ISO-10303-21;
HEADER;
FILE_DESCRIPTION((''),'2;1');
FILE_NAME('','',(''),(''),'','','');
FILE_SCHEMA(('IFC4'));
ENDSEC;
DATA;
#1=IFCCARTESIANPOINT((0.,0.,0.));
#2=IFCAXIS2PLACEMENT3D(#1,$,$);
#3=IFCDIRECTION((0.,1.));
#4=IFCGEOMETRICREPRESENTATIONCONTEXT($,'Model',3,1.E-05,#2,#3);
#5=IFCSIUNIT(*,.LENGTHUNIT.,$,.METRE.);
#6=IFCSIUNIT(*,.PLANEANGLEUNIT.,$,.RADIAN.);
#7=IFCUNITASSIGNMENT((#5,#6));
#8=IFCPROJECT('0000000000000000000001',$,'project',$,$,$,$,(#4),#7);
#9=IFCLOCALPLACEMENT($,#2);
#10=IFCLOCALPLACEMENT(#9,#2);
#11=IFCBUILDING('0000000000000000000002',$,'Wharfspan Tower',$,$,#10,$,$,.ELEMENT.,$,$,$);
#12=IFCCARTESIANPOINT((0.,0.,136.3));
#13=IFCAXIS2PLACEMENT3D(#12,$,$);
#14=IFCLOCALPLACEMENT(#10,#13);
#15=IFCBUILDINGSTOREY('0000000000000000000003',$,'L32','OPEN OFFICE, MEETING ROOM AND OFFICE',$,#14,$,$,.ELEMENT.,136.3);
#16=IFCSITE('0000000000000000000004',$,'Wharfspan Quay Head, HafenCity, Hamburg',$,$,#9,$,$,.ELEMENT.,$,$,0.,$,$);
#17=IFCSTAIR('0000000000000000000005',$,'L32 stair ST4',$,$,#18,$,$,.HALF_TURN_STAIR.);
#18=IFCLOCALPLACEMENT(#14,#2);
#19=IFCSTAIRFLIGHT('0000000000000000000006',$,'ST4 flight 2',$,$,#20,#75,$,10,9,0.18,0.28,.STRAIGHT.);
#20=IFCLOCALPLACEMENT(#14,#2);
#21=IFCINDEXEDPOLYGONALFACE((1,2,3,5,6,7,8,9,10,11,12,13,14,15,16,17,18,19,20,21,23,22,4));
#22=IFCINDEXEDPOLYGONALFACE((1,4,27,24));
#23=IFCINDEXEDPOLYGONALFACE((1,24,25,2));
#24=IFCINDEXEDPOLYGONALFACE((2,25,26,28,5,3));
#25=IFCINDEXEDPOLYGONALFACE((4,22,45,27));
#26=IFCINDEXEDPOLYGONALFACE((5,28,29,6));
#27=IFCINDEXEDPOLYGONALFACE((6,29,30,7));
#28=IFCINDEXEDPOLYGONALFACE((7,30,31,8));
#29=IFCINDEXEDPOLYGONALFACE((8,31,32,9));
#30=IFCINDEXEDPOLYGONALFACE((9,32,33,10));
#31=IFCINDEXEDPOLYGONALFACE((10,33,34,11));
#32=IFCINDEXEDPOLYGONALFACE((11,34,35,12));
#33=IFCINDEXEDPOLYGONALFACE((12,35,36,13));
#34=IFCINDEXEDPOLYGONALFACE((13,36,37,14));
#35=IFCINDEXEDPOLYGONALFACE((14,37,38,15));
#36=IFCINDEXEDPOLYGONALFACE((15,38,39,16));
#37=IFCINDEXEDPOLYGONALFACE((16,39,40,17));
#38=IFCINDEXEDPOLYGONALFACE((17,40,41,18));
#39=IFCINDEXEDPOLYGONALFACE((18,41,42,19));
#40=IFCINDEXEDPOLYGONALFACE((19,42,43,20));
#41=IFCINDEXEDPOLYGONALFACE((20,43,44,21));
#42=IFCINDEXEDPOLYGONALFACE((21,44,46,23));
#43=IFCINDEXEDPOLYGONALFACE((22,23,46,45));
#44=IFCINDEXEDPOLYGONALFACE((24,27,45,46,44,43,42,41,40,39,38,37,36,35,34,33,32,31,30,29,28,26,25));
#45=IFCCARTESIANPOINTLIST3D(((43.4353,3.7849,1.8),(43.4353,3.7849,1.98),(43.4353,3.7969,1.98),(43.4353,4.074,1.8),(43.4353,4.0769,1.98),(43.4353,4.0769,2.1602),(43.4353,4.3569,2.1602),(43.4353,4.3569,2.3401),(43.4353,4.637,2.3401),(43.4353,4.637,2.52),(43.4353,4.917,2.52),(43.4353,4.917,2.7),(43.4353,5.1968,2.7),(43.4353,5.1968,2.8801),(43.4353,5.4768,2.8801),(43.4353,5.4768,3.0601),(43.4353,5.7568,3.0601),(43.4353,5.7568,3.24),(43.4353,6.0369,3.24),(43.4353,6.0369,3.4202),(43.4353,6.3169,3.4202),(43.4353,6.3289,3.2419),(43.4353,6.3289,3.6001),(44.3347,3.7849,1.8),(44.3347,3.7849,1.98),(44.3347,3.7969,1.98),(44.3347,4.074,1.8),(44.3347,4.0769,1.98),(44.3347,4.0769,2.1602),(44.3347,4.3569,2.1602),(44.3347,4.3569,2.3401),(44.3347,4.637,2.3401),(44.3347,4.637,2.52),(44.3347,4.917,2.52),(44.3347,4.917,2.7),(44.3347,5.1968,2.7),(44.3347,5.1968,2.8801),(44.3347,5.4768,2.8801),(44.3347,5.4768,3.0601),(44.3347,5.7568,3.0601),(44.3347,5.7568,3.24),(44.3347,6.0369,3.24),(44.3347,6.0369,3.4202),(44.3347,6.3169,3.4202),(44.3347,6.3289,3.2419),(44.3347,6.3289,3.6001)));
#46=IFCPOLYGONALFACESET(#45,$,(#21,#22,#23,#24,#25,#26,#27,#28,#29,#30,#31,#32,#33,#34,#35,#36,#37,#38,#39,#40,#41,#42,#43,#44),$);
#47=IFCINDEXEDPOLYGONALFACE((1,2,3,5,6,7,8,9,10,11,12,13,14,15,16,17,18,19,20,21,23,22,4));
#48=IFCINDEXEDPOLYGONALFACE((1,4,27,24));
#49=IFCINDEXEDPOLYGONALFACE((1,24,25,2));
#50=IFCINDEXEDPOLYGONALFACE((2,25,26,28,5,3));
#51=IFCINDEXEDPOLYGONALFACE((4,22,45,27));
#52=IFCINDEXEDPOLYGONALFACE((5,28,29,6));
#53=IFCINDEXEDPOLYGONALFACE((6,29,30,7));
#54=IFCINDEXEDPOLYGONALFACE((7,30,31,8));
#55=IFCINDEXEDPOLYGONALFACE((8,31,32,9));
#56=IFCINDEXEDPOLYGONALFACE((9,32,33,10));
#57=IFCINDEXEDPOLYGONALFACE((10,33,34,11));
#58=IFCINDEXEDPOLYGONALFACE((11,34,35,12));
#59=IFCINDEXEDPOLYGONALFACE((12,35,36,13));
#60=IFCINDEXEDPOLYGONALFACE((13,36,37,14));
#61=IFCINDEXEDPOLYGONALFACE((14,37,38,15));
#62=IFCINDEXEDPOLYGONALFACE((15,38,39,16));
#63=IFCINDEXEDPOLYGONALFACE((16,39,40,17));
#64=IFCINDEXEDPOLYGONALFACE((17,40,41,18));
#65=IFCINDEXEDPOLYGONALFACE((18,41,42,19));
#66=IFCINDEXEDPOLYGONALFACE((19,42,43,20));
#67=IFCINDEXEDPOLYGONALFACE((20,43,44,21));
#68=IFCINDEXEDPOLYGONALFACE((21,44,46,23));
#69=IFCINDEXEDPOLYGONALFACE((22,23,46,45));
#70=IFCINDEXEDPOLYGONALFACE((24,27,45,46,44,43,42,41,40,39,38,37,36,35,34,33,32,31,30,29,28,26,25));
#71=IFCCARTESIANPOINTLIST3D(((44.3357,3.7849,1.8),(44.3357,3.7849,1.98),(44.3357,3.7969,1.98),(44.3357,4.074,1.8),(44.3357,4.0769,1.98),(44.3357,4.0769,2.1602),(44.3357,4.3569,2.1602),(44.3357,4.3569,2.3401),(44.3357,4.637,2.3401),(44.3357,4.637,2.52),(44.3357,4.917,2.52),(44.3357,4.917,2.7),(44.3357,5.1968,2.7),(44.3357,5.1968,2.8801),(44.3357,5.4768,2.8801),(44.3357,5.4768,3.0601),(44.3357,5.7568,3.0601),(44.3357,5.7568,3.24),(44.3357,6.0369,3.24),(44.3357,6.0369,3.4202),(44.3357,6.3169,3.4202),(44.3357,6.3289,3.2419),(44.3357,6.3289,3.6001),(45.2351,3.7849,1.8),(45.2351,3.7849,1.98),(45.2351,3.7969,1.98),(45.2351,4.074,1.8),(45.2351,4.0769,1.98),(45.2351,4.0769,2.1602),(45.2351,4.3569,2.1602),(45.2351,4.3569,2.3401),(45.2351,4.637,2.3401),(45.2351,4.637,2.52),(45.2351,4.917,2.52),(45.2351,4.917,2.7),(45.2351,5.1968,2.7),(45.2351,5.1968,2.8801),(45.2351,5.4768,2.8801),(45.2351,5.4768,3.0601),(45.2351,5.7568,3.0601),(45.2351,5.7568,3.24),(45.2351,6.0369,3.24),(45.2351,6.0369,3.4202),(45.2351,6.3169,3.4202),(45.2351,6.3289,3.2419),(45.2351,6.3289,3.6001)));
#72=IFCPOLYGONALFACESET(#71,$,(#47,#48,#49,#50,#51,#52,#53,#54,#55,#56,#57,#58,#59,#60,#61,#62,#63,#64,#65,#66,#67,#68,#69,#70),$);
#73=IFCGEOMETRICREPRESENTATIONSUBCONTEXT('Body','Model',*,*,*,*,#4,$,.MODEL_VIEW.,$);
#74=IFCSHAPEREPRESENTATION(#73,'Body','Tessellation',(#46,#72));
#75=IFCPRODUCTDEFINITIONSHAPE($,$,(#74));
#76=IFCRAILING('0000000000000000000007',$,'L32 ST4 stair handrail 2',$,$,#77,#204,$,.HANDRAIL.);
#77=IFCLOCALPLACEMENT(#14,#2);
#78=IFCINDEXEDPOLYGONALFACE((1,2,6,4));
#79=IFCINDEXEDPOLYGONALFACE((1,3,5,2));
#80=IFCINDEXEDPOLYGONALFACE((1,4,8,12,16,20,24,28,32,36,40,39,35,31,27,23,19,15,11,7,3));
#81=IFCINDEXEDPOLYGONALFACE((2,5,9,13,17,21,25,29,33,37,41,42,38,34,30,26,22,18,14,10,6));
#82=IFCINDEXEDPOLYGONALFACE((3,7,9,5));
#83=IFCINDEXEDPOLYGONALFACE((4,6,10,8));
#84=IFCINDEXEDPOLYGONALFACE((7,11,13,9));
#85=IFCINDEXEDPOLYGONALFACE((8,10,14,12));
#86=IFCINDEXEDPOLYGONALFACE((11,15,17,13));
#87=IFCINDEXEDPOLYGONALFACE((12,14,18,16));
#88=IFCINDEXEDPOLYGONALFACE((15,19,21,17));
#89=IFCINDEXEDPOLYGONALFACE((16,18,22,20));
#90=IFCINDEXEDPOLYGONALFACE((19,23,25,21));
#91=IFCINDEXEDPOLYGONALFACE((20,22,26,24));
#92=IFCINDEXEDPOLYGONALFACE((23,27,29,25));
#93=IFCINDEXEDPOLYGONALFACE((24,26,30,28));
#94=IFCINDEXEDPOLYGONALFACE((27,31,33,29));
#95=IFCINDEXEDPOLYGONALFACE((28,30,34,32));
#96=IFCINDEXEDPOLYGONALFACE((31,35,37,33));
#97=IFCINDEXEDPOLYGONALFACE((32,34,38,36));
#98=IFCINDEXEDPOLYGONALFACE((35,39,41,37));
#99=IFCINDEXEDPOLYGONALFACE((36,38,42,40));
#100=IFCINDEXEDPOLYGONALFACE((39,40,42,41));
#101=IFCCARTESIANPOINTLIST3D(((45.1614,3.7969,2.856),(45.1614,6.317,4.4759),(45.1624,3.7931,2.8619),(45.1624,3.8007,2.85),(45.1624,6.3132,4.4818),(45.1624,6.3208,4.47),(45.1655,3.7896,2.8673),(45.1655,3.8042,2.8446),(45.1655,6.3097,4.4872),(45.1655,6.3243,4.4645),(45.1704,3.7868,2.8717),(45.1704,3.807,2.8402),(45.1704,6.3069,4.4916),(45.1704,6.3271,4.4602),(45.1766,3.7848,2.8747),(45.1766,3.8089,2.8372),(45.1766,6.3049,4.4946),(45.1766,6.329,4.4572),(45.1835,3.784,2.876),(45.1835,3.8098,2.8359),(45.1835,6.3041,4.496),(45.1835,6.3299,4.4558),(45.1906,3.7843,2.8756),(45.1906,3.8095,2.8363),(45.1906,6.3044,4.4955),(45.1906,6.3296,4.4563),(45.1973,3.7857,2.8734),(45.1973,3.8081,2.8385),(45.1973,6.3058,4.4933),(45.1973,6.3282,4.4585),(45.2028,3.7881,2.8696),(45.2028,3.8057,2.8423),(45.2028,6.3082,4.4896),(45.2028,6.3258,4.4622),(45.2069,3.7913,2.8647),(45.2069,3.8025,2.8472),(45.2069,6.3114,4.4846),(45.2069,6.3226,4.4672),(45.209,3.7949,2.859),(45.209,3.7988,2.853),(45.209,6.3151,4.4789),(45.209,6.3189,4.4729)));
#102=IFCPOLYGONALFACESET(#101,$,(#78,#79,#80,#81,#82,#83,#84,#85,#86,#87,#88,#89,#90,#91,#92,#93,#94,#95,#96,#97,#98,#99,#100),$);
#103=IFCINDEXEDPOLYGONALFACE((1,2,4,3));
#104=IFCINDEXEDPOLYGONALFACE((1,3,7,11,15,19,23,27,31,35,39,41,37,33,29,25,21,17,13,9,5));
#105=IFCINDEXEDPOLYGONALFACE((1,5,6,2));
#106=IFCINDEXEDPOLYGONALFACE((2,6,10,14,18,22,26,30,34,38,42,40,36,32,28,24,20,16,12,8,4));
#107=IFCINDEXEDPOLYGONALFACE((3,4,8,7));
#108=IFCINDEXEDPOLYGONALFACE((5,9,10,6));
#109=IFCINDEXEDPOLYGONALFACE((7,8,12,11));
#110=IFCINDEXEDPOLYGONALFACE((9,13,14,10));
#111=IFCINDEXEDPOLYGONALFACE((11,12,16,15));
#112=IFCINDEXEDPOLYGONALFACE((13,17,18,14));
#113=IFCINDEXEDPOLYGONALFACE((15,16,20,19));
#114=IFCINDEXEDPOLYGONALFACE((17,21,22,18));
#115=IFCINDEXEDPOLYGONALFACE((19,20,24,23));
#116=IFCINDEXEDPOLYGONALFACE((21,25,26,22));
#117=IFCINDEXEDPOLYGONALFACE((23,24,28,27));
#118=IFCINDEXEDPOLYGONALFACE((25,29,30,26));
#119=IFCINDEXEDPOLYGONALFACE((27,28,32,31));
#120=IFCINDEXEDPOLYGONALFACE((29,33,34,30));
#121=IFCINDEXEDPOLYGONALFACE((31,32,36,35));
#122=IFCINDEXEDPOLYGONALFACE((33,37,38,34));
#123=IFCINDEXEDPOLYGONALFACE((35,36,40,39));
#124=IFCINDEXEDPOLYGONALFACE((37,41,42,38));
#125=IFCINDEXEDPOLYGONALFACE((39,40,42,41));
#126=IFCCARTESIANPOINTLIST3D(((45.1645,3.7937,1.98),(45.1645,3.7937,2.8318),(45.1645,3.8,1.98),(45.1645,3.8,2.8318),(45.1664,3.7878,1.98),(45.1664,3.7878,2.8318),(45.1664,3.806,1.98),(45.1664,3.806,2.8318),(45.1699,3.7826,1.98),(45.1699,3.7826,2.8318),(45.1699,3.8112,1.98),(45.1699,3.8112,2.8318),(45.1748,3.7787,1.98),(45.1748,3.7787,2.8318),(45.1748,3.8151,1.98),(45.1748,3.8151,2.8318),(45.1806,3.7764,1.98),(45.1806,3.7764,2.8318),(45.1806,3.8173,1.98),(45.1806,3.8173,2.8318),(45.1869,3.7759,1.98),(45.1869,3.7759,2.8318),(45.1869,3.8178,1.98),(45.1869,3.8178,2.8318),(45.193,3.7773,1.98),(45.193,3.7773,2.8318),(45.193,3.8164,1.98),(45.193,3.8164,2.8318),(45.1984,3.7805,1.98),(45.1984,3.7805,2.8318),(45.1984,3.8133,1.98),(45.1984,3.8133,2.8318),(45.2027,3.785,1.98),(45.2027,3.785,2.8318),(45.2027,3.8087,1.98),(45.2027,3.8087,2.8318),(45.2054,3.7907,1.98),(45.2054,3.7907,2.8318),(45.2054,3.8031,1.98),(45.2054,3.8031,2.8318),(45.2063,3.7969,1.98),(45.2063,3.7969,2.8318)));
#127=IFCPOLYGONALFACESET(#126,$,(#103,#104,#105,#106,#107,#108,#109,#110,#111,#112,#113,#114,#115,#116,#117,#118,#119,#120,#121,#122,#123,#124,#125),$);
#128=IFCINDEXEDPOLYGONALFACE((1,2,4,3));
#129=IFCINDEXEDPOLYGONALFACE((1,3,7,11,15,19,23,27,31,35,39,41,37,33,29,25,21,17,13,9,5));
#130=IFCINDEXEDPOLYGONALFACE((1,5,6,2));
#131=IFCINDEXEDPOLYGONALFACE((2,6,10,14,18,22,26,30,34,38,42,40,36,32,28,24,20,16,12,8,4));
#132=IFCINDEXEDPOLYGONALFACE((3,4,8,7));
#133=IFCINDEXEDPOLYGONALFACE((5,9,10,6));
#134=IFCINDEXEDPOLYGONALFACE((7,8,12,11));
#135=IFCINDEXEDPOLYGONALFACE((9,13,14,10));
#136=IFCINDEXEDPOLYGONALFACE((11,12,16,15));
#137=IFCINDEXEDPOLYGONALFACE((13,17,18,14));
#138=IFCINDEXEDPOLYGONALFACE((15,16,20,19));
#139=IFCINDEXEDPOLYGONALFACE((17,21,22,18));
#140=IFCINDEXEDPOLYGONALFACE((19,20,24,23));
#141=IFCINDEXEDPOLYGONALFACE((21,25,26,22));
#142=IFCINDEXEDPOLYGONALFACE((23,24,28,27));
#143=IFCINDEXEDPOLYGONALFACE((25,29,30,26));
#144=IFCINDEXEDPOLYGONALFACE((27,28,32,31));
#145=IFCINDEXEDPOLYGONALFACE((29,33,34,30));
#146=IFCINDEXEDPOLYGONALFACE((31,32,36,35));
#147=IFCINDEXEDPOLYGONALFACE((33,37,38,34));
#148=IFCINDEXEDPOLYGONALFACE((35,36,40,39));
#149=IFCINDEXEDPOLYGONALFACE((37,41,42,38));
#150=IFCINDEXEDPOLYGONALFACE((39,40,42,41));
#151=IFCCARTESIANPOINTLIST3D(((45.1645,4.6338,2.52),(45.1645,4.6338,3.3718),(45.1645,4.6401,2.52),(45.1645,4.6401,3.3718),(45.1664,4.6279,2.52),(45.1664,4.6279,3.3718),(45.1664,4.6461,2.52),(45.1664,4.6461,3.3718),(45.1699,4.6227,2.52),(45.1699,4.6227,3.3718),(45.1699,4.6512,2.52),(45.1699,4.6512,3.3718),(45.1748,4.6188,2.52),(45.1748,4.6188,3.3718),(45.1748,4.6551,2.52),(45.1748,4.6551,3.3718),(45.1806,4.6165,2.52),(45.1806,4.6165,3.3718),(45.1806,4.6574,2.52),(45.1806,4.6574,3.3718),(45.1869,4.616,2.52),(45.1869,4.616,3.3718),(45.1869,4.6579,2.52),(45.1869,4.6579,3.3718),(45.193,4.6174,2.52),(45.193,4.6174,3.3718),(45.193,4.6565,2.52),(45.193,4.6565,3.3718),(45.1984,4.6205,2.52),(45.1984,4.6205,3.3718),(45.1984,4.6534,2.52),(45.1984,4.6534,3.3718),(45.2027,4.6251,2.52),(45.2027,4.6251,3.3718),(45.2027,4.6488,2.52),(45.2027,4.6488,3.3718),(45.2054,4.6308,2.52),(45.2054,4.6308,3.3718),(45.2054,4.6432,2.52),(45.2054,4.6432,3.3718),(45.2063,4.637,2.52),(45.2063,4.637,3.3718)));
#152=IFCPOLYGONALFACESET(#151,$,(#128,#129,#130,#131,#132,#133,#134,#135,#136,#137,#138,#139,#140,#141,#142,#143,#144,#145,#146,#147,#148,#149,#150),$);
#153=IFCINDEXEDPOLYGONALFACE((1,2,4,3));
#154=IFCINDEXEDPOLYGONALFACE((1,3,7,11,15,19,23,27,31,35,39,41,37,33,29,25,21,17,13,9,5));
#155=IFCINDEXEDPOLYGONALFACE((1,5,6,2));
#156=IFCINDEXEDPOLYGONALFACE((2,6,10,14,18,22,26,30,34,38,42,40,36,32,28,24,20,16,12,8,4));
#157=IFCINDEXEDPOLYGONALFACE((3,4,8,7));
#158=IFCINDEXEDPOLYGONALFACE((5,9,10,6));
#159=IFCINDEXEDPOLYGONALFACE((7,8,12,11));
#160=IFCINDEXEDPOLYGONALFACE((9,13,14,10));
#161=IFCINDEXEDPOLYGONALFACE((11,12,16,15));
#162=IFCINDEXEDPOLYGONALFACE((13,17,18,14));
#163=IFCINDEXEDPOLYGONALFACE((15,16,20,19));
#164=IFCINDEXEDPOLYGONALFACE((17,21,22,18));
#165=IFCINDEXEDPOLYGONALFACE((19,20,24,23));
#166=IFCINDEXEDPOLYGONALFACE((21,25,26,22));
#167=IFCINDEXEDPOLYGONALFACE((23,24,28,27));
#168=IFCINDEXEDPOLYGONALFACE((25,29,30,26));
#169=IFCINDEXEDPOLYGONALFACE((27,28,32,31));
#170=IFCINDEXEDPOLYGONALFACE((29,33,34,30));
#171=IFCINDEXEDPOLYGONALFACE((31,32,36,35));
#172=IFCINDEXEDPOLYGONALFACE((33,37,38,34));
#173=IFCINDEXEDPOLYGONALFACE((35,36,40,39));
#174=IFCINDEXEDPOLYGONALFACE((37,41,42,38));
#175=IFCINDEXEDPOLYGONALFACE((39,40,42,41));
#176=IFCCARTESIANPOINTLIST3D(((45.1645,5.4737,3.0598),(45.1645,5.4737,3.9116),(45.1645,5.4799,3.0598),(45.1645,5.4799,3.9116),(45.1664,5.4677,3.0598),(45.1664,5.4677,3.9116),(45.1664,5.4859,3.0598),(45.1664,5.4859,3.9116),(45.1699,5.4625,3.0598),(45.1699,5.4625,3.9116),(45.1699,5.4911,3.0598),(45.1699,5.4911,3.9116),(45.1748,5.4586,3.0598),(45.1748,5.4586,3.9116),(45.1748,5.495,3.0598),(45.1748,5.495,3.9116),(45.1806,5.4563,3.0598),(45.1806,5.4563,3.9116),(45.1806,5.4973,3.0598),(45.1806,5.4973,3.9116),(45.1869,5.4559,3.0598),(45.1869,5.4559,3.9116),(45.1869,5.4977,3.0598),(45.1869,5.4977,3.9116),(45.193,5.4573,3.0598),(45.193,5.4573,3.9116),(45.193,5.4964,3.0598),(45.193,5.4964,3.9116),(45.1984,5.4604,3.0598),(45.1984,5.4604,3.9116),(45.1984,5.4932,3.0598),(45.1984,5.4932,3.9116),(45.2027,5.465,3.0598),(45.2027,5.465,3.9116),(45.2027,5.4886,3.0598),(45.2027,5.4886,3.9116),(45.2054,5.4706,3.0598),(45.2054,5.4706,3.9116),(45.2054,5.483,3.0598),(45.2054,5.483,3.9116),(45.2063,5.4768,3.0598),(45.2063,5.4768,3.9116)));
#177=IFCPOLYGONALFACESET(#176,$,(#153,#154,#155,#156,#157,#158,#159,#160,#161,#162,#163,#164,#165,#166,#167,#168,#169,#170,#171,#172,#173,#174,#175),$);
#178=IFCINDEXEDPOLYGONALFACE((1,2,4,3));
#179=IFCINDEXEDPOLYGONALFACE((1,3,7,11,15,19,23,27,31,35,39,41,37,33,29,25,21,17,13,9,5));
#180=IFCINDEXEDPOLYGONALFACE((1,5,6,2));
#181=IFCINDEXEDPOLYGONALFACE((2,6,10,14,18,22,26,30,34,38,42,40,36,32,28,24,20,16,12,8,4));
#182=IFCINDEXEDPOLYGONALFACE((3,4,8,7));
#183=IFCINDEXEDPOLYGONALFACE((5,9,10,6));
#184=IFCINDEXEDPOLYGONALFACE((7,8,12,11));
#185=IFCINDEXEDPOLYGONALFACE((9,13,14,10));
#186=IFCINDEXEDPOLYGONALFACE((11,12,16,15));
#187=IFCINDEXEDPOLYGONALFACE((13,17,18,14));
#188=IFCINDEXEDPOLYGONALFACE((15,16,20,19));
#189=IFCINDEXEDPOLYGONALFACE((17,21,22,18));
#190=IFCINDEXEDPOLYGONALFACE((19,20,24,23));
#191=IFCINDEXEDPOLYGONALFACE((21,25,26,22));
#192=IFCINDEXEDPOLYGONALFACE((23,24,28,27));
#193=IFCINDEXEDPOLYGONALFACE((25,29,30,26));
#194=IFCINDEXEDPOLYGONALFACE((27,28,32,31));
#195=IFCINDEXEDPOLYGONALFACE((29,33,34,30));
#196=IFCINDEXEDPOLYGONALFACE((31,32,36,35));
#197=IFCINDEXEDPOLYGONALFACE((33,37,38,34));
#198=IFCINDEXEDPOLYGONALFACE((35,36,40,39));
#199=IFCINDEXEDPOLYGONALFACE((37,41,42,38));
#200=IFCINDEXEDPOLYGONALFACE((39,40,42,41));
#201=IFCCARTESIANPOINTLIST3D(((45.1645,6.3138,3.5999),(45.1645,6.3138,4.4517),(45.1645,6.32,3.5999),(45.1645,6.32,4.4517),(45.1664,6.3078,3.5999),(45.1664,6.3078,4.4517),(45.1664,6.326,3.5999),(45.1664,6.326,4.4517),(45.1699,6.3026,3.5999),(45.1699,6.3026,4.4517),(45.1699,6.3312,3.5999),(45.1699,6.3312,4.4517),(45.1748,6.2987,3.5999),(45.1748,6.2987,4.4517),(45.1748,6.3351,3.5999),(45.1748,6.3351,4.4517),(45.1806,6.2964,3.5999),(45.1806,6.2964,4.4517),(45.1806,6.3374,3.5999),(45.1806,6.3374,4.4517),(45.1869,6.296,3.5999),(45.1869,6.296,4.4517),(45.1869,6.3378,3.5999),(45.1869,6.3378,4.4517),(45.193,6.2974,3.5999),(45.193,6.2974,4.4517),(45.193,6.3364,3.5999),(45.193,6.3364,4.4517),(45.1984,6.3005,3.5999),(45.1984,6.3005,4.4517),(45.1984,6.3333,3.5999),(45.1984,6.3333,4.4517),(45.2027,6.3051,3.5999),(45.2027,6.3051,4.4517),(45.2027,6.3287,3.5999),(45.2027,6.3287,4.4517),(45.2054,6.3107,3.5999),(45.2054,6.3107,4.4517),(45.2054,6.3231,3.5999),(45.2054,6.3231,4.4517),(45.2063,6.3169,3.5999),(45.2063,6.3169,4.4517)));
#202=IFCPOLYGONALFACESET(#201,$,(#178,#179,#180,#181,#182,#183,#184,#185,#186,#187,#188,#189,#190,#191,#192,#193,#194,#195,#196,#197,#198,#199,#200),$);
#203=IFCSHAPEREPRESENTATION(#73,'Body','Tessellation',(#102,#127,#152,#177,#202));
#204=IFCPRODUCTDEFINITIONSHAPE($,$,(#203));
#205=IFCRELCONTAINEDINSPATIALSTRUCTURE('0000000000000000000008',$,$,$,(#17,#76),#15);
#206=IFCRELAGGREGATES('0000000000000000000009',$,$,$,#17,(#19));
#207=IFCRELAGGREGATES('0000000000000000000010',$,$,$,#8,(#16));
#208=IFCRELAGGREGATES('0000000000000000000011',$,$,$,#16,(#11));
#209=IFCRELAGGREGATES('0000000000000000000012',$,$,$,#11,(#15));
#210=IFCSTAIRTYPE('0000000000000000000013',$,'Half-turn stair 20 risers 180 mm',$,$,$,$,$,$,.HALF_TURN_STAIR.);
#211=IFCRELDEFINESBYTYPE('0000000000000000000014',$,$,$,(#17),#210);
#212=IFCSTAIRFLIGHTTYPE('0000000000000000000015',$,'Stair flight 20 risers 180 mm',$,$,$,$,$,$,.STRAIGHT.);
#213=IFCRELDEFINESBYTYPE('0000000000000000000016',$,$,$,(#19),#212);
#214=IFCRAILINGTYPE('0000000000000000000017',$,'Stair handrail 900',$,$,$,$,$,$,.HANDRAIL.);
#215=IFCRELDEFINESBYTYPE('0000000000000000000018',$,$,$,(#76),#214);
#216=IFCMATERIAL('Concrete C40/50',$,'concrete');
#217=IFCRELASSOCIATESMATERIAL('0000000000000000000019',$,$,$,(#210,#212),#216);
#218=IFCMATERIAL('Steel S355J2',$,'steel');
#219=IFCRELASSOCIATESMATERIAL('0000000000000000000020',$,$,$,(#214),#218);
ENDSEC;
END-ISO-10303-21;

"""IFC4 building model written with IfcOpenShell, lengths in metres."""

from ifc_helpers import new_model, si_unit, direction, frame, origin, origin_2d, place, context, subcontext, project, spatial, polyline, circle, outline, extrude, material, type_object, element, aggregate, save


model = new_model("IFC4")

# Units and contexts
model_context = context("Model", 3, precision=1e-05, world=origin(), true_north=direction((0.0, 1.0)))
body_context = subcontext(model_context, "Body", "Model", "MODEL_VIEW")
ifc_project = project(units=[si_unit("LENGTHUNIT", "METRE"), si_unit("PLANEANGLEUNIT", "RADIAN")], contexts=[model_context])

# Site, building, storey
site_placement = place(None, origin())
site = spatial("IfcSite", under=ifc_project, at=site_placement, Name="Wharfspan Quay Head, HafenCity, Hamburg", CompositionType="ELEMENT", RefElevation=0.0)
building_placement = place(site_placement, origin())
building = spatial("IfcBuilding", under=site, at=building_placement, Name="Wharfspan Tower", CompositionType="ELEMENT")
storey_placement = place(building_placement, frame((0.0, 0.0, 136.3)))
storey = spatial("IfcBuildingStorey", under=building, at=storey_placement, Name="L32", Description="OPEN OFFICE, MEETING ROOM AND OFFICE", CompositionType="ELEMENT", Elevation=136.3)

# Shared definitions
ifc_material_1 = material(Name="Steel S355J2", Category="steel")

# Shared definitions
ifc_material_2 = material(Name="Concrete C40/50", Category="concrete")

# Stair, stair flight
stair_type = type_object("IfcStairType", Name="Half-turn stair 20 risers 180 mm", PredefinedType="HALF_TURN_STAIR", material=ifc_material_2)
stair_placement = place(storey_placement, origin())
stair = element("IfcStair", 1, at=stair_placement, inside=storey, type_object=stair_type, Name="L32 stair ST4", PredefinedType="HALF_TURN_STAIR")
stair_flight_type = type_object("IfcStairFlightType", Name="Stair flight 20 risers 180 mm", PredefinedType="STRAIGHT", material=ifc_material_2)
stair_flight_placement = place(storey_placement, frame((44.3352, 3.7969, 1.8), z_axis=(0.0, 0.0, 1.0), x_axis=(0.0, 1.0, 0.0)))
stair_flight = element("IfcStairFlight", 2, at=stair_flight_placement, type_object=stair_flight_type, Name="ST4 flight 2", NumberOfRisers=10, NumberOfTreads=9, PredefinedType="STRAIGHT", RiserHeight=0.18, TreadLength=0.28, context=body_context, shape_type="SweptSolid", body=[
    extrude(outline(polyline([(-0.012, 0.0), (-0.012, 0.1799), (0.0, 0.1799), (0.28, 0.1799), (0.28, 0.3601), (0.5601, 0.3601), (0.5601, 0.54), (0.8401, 0.54), (0.8401, 0.72), (1.1201, 0.72), (1.1201, 0.8999), (1.3999, 0.8999), (1.3999, 1.0801), (1.6799, 1.0801), (1.6799, 1.26), (1.96, 1.26), (1.96, 1.4399), (2.24, 1.4399), (2.24, 1.6201), (2.52, 1.6201), (2.532, 1.8), (2.532, 1.4419), (0.2771, 0.0), (-0.012, 0.0)])), frame((0.0, 0.8999, 0.0), z_axis=(0.0, -1.0, 0.0), x_axis=(1.0, 0.0, 0.0)), (0.0, 0.0, 1.0), 0.8994),
    extrude(outline(polyline([(-0.012, 0.0), (-0.012, 0.1799), (0.0, 0.1799), (0.28, 0.1799), (0.28, 0.3601), (0.5601, 0.3601), (0.5601, 0.54), (0.8401, 0.54), (0.8401, 0.72), (1.1201, 0.72), (1.1201, 0.8999), (1.3999, 0.8999), (1.3999, 1.0801), (1.6799, 1.0801), (1.6799, 1.26), (1.96, 1.26), (1.96, 1.4399), (2.24, 1.4399), (2.24, 1.6201), (2.52, 1.6201), (2.532, 1.8), (2.532, 1.4419), (0.2771, 0.0), (-0.012, 0.0)])), frame((0.0, -0.0005, 0.0), z_axis=(0.0, -1.0, 0.0), x_axis=(1.0, 0.0, 0.0)), (0.0, 0.0, 1.0), 0.8994),
])
aggregate(stair, [stair_flight])

# Railing
railing_type = type_object("IfcRailingType", Name="Stair handrail 900", PredefinedType="HANDRAIL", material=ifc_material_1)
railing_placement = place(storey_placement, frame((45.1853, 3.7969, 1.98)))
element("IfcRailing", 3, at=railing_placement, inside=storey, type_object=railing_type, Name="L32 ST4 stair handrail 2", PredefinedType="HANDRAIL", context=body_context, shape_type="SweptSolid", body=[
    extrude(circle(Radius=0.0239, at=origin_2d()), frame((0.0, 0.0, 0.876), z_axis=(0.0, 0.8412, 0.540725), x_axis=(-1.0, 0.0, 0.0)), (0.0, 0.0, 1.0), 2.9958),
    extrude(circle(Radius=0.021, at=origin_2d()), origin(), (0.0, 0.0, 1.0), 0.8518),
    extrude(circle(Radius=0.021, at=origin_2d()), frame((0.0, 0.8401, 0.54)), (0.0, 0.0, 1.0), 0.8518),
    extrude(circle(Radius=0.021, at=origin_2d()), frame((0.0, 1.6799, 1.0798)), (0.0, 0.0, 1.0), 0.8518),
    extrude(circle(Radius=0.021, at=origin_2d()), frame((0.0, 2.52, 1.6199)), (0.0, 0.0, 1.0), 0.8518),
])

save(model, "model.ifc")
